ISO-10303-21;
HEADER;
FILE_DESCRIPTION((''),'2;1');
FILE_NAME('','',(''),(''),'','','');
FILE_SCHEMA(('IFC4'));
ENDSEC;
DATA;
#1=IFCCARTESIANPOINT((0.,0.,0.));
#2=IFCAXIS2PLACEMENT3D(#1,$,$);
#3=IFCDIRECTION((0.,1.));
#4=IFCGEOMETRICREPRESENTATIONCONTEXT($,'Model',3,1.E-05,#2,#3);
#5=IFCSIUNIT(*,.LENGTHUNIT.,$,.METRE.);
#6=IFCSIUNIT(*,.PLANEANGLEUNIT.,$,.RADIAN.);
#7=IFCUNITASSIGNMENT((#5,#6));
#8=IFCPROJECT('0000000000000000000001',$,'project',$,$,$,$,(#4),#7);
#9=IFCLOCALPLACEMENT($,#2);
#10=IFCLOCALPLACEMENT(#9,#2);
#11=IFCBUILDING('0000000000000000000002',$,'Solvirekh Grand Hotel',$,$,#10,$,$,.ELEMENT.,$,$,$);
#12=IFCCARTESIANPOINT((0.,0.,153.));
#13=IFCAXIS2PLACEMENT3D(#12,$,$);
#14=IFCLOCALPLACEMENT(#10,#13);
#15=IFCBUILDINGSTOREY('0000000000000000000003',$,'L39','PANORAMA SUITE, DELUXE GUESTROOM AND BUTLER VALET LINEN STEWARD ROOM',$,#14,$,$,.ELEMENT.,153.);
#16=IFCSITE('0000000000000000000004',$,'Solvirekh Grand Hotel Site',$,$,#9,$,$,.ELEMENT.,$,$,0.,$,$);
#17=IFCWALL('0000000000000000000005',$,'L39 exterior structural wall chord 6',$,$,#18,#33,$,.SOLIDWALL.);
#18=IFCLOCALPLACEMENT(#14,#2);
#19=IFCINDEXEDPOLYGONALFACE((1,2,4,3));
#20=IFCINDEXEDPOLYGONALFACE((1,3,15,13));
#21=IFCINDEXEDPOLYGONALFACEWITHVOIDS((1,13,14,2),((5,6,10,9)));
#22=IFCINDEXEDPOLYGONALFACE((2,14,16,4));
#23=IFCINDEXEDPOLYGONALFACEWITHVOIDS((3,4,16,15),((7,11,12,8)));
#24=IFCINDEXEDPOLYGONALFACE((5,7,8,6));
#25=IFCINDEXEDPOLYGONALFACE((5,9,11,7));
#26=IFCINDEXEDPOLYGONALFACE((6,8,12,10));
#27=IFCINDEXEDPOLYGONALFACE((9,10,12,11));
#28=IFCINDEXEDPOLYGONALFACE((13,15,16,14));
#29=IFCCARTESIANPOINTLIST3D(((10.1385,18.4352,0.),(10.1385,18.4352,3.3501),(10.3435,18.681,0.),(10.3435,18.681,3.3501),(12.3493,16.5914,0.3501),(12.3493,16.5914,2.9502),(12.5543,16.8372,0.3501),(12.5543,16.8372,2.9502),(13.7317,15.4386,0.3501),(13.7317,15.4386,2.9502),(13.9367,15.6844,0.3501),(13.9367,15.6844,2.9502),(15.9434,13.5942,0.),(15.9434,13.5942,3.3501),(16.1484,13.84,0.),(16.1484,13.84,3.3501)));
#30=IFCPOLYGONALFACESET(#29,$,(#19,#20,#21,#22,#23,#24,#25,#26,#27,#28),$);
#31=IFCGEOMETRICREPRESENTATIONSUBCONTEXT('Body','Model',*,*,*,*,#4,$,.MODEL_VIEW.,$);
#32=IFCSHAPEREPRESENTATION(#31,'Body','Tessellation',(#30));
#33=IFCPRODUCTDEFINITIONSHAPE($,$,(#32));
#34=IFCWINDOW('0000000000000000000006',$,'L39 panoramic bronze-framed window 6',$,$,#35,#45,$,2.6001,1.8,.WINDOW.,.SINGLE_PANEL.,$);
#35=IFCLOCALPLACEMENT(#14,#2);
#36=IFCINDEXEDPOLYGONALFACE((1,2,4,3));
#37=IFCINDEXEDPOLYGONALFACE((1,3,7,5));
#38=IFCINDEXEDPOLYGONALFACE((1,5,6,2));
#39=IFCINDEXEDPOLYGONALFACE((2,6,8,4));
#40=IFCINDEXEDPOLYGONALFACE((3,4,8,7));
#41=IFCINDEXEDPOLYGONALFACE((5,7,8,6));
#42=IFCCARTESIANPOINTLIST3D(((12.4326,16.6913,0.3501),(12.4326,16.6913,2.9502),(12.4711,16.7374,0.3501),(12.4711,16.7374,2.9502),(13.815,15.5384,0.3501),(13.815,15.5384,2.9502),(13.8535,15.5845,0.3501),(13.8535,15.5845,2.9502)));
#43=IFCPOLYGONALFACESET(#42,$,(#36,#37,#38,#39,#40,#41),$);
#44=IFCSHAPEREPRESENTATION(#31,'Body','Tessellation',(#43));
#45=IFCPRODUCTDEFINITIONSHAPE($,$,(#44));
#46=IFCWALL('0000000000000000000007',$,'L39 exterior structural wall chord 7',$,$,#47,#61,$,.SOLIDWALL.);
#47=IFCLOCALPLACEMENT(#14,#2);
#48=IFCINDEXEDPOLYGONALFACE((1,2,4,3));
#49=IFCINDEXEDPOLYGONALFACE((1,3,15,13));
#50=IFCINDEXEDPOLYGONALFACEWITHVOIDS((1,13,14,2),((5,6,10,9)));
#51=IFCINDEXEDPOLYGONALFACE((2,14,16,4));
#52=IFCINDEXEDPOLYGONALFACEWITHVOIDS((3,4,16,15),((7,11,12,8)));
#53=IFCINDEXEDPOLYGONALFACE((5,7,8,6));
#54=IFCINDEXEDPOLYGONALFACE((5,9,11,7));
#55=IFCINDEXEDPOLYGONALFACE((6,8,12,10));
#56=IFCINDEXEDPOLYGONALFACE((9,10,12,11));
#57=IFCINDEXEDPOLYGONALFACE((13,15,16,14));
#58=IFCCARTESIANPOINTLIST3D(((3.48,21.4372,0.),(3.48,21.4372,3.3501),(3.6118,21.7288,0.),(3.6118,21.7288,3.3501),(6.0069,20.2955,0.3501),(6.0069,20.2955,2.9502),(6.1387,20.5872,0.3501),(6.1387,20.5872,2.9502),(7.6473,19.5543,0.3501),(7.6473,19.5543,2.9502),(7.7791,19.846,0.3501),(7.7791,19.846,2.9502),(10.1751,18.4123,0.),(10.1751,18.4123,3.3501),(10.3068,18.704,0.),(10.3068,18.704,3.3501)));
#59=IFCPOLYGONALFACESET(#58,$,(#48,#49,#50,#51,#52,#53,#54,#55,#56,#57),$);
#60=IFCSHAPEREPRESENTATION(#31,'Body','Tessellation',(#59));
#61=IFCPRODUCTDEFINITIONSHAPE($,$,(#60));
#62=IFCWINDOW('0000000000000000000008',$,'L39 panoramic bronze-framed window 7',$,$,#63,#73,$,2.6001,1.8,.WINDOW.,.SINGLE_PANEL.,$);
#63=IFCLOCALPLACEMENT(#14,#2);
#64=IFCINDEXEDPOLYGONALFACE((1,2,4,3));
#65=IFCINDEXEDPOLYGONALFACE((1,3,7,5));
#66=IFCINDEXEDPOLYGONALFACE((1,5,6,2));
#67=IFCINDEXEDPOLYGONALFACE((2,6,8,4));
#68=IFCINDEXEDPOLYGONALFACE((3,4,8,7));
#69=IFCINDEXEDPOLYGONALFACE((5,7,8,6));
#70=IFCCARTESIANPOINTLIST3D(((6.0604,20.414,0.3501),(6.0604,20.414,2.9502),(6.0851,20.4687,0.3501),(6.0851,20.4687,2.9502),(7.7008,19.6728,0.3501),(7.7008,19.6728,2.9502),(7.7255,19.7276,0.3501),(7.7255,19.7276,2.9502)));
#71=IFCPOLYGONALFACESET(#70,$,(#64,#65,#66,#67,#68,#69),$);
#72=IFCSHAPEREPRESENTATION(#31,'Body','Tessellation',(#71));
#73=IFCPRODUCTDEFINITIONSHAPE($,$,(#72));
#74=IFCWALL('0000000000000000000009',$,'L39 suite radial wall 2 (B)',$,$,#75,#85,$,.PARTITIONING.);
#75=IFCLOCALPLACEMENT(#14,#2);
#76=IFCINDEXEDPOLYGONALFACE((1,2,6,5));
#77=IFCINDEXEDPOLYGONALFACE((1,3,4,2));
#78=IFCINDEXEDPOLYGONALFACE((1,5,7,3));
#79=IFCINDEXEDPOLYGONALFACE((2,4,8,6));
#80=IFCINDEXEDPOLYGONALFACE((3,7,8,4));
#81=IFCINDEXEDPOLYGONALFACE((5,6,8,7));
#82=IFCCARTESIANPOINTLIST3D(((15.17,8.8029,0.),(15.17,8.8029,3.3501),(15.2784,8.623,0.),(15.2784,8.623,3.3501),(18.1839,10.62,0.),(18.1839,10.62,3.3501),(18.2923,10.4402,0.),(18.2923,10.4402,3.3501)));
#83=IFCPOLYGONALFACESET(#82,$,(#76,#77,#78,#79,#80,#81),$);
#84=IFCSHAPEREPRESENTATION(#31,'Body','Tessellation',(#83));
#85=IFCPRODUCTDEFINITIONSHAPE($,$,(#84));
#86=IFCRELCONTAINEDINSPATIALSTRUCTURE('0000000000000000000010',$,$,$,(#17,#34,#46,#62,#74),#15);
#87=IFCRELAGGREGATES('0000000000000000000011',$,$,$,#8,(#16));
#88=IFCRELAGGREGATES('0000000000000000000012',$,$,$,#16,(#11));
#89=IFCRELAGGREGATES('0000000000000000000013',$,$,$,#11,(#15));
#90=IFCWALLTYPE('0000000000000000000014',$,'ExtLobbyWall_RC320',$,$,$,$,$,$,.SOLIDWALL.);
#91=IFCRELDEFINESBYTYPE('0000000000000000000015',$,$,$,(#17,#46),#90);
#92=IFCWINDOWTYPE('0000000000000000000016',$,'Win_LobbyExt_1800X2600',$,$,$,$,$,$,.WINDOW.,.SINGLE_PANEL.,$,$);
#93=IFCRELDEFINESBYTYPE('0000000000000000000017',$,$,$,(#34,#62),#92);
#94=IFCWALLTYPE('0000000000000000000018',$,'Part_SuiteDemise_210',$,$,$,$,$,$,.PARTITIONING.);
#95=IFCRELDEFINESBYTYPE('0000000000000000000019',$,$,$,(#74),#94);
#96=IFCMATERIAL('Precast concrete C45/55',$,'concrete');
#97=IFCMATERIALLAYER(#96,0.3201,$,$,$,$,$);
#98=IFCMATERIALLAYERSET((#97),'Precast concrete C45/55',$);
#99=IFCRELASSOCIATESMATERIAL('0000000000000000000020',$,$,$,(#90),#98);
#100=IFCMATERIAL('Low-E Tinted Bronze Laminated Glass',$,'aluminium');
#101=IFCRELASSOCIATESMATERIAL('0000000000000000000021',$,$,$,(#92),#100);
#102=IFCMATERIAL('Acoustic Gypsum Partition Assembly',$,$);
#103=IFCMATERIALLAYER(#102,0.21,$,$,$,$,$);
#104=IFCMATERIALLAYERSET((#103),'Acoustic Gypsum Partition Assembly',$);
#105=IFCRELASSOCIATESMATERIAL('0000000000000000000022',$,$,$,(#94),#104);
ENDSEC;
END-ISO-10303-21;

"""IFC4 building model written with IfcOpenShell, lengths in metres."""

from ifc_helpers import new_model, si_unit, direction, frame, frame_2d, origin, place, context, subcontext, project, spatial, rectangle, extrude, material, layer, layer_set, type_object, element, fill, save


model = new_model("IFC4")

# Units and contexts
model_context = context("Model", 3, precision=1e-05, world=origin(), true_north=direction((0.0, 1.0)))
body_context = subcontext(model_context, "Body", "Model", "MODEL_VIEW")
ifc_project = project(units=[si_unit("LENGTHUNIT", "METRE"), si_unit("PLANEANGLEUNIT", "RADIAN")], contexts=[model_context])

# Site, building, storey
site_placement = place(None, origin())
site = spatial("IfcSite", under=ifc_project, at=site_placement, Name="Solvirekh Grand Hotel Site", CompositionType="ELEMENT", RefElevation=0.0)
building_placement = place(site_placement, origin())
building = spatial("IfcBuilding", under=site, at=building_placement, Name="Solvirekh Grand Hotel", CompositionType="ELEMENT")
storey_placement = place(building_placement, frame((0.0, 0.0, 153.0)))
storey = spatial("IfcBuildingStorey", under=building, at=storey_placement, Name="L39", Description="PANORAMA SUITE, DELUXE GUESTROOM AND BUTLER VALET LINEN STEWARD ROOM", CompositionType="ELEMENT", Elevation=153.0)

# Shared definitions
ifc_material_1 = material(Name="Low-E Tinted Bronze Laminated Glass", Category="aluminium")

# Walls, openings, windows
ifc_material_2 = material(Name="Precast concrete C45/55", Category="concrete")
ifc_layer_1 = layer(ifc_material_2, 0.3201)
ifc_layer_set_1 = layer_set([ifc_layer_1], Name="Precast concrete C45/55")
wall_type_1 = type_object("IfcWallType", Name="ExtLobbyWall_RC320", PredefinedType="SOLIDWALL", material=ifc_layer_set_1)
wall_1_placement = place(storey_placement, frame((10.241, 18.5581, 0.0), z_axis=(0.0, 0.0, 1.0), x_axis=(0.767986, -0.640467, 0.0)))
wall_1 = element("IfcWall", 1, at=wall_1_placement, inside=storey, type_object=wall_type_1, Name="L39 exterior structural wall chord 6", PredefinedType="SOLIDWALL", context=body_context, shape_type="SweptSolid", body=[
    extrude(rectangle(XDim=7.5586, YDim=0.3201, at=frame_2d((3.7793, 0.0))), origin(), (0.0, 0.0, 1.0), 3.3501),
])
opening_1_placement = place(wall_1_placement, frame((2.8789, 0.0, 0.3501)))
opening_1 = element("IfcOpeningElement", 2, at=opening_1_placement, cuts=wall_1, PredefinedType="OPENING", context=body_context, shape_type="SweptSolid", body=[
    extrude(rectangle(XDim=1.8, YDim=2.6001, at=frame_2d((0.8999, 1.3))), frame((0.0, 0.1699, 0.0), z_axis=(0.0, -1.0, 0.0), x_axis=(1.0, 0.0, 0.0)), (0.0, 0.0, 1.0), 0.3401),
])
window_type = type_object("IfcWindowType", Name="Win_LobbyExt_1800X2600", PartitioningType="SINGLE_PANEL", PredefinedType="WINDOW", material=ifc_material_1)
window_1_placement = place(opening_1_placement, origin())
window_1 = element("IfcWindow", 3, at=window_1_placement, inside=storey, type_object=window_type, Name="L39 panoramic bronze-framed window 6", OverallHeight=2.6001, OverallWidth=1.8, PartitioningType="SINGLE_PANEL", PredefinedType="WINDOW", context=body_context, shape_type="SweptSolid", body=[
    extrude(rectangle(XDim=1.8, YDim=2.6001, at=frame_2d((0.8999, 1.3))), frame((0.0, 0.03, 0.0), z_axis=(0.0, -1.0, 0.0), x_axis=(1.0, 0.0, 0.0)), (0.0, 0.0, 1.0), 0.0601),
])
fill(opening_1, window_1)
wall_2_placement = place(storey_placement, frame((3.5459, 21.583, 0.0), z_axis=(0.0, 0.0, 1.0), x_axis=(0.911303, -0.411736, 0.0)))
wall_2 = element("IfcWall", 4, at=wall_2_placement, inside=storey, type_object=wall_type_1, Name="L39 exterior structural wall chord 7", PredefinedType="SOLIDWALL", context=body_context, shape_type="SweptSolid", body=[
    extrude(rectangle(XDim=7.3467, YDim=0.3201, at=frame_2d((3.6733, 0.0))), origin(), (0.0, 0.0, 1.0), 3.3501),
])
opening_2_placement = place(wall_2_placement, frame((2.7729, 0.0, 0.3501)))
opening_2 = element("IfcOpeningElement", 5, at=opening_2_placement, cuts=wall_2, PredefinedType="OPENING", context=body_context, shape_type="SweptSolid", body=[
    extrude(rectangle(XDim=1.8, YDim=2.6001, at=frame_2d((0.8999, 1.3))), frame((0.0, 0.1699, 0.0), z_axis=(0.0, -1.0, 0.0), x_axis=(1.0, 0.0, 0.0)), (0.0, 0.0, 1.0), 0.3401),
])
window_2_placement = place(opening_2_placement, origin())
window_2 = element("IfcWindow", 6, at=window_2_placement, inside=storey, type_object=window_type, Name="L39 panoramic bronze-framed window 7", OverallHeight=2.6001, OverallWidth=1.8, PartitioningType="SINGLE_PANEL", PredefinedType="WINDOW", context=body_context, shape_type="SweptSolid", body=[
    extrude(rectangle(XDim=1.8, YDim=2.6001, at=frame_2d((0.8999, 1.3))), frame((0.0, 0.03, 0.0), z_axis=(0.0, -1.0, 0.0), x_axis=(1.0, 0.0, 0.0)), (0.0, 0.0, 1.0), 0.0601),
])
fill(opening_2, window_2)

# Wall
ifc_material_3 = material(Name="Acoustic Gypsum Partition Assembly")
ifc_layer_2 = layer(ifc_material_3, 0.21)
ifc_layer_set_2 = layer_set([ifc_layer_2], Name="Acoustic Gypsum Partition Assembly")
wall_type_2 = type_object("IfcWallType", Name="Part_SuiteDemise_210", PredefinedType="PARTITIONING", material=ifc_layer_set_2)
wall_3_placement = place(storey_placement, frame((15.2241, 8.7129, 0.0), z_axis=(0.0, 0.0, 1.0), x_axis=(0.856389, 0.516331, 0.0)))
element("IfcWall", 7, at=wall_3_placement, inside=storey, type_object=wall_type_2, Name="L39 suite radial wall 2 (B)", PredefinedType="PARTITIONING", context=body_context, shape_type="SweptSolid", body=[
    extrude(rectangle(XDim=3.5193, YDim=0.21, at=frame_2d((1.7598, 0.0))), origin(), (0.0, 0.0, 1.0), 3.3501),
])

save(model, "model.ifc")
